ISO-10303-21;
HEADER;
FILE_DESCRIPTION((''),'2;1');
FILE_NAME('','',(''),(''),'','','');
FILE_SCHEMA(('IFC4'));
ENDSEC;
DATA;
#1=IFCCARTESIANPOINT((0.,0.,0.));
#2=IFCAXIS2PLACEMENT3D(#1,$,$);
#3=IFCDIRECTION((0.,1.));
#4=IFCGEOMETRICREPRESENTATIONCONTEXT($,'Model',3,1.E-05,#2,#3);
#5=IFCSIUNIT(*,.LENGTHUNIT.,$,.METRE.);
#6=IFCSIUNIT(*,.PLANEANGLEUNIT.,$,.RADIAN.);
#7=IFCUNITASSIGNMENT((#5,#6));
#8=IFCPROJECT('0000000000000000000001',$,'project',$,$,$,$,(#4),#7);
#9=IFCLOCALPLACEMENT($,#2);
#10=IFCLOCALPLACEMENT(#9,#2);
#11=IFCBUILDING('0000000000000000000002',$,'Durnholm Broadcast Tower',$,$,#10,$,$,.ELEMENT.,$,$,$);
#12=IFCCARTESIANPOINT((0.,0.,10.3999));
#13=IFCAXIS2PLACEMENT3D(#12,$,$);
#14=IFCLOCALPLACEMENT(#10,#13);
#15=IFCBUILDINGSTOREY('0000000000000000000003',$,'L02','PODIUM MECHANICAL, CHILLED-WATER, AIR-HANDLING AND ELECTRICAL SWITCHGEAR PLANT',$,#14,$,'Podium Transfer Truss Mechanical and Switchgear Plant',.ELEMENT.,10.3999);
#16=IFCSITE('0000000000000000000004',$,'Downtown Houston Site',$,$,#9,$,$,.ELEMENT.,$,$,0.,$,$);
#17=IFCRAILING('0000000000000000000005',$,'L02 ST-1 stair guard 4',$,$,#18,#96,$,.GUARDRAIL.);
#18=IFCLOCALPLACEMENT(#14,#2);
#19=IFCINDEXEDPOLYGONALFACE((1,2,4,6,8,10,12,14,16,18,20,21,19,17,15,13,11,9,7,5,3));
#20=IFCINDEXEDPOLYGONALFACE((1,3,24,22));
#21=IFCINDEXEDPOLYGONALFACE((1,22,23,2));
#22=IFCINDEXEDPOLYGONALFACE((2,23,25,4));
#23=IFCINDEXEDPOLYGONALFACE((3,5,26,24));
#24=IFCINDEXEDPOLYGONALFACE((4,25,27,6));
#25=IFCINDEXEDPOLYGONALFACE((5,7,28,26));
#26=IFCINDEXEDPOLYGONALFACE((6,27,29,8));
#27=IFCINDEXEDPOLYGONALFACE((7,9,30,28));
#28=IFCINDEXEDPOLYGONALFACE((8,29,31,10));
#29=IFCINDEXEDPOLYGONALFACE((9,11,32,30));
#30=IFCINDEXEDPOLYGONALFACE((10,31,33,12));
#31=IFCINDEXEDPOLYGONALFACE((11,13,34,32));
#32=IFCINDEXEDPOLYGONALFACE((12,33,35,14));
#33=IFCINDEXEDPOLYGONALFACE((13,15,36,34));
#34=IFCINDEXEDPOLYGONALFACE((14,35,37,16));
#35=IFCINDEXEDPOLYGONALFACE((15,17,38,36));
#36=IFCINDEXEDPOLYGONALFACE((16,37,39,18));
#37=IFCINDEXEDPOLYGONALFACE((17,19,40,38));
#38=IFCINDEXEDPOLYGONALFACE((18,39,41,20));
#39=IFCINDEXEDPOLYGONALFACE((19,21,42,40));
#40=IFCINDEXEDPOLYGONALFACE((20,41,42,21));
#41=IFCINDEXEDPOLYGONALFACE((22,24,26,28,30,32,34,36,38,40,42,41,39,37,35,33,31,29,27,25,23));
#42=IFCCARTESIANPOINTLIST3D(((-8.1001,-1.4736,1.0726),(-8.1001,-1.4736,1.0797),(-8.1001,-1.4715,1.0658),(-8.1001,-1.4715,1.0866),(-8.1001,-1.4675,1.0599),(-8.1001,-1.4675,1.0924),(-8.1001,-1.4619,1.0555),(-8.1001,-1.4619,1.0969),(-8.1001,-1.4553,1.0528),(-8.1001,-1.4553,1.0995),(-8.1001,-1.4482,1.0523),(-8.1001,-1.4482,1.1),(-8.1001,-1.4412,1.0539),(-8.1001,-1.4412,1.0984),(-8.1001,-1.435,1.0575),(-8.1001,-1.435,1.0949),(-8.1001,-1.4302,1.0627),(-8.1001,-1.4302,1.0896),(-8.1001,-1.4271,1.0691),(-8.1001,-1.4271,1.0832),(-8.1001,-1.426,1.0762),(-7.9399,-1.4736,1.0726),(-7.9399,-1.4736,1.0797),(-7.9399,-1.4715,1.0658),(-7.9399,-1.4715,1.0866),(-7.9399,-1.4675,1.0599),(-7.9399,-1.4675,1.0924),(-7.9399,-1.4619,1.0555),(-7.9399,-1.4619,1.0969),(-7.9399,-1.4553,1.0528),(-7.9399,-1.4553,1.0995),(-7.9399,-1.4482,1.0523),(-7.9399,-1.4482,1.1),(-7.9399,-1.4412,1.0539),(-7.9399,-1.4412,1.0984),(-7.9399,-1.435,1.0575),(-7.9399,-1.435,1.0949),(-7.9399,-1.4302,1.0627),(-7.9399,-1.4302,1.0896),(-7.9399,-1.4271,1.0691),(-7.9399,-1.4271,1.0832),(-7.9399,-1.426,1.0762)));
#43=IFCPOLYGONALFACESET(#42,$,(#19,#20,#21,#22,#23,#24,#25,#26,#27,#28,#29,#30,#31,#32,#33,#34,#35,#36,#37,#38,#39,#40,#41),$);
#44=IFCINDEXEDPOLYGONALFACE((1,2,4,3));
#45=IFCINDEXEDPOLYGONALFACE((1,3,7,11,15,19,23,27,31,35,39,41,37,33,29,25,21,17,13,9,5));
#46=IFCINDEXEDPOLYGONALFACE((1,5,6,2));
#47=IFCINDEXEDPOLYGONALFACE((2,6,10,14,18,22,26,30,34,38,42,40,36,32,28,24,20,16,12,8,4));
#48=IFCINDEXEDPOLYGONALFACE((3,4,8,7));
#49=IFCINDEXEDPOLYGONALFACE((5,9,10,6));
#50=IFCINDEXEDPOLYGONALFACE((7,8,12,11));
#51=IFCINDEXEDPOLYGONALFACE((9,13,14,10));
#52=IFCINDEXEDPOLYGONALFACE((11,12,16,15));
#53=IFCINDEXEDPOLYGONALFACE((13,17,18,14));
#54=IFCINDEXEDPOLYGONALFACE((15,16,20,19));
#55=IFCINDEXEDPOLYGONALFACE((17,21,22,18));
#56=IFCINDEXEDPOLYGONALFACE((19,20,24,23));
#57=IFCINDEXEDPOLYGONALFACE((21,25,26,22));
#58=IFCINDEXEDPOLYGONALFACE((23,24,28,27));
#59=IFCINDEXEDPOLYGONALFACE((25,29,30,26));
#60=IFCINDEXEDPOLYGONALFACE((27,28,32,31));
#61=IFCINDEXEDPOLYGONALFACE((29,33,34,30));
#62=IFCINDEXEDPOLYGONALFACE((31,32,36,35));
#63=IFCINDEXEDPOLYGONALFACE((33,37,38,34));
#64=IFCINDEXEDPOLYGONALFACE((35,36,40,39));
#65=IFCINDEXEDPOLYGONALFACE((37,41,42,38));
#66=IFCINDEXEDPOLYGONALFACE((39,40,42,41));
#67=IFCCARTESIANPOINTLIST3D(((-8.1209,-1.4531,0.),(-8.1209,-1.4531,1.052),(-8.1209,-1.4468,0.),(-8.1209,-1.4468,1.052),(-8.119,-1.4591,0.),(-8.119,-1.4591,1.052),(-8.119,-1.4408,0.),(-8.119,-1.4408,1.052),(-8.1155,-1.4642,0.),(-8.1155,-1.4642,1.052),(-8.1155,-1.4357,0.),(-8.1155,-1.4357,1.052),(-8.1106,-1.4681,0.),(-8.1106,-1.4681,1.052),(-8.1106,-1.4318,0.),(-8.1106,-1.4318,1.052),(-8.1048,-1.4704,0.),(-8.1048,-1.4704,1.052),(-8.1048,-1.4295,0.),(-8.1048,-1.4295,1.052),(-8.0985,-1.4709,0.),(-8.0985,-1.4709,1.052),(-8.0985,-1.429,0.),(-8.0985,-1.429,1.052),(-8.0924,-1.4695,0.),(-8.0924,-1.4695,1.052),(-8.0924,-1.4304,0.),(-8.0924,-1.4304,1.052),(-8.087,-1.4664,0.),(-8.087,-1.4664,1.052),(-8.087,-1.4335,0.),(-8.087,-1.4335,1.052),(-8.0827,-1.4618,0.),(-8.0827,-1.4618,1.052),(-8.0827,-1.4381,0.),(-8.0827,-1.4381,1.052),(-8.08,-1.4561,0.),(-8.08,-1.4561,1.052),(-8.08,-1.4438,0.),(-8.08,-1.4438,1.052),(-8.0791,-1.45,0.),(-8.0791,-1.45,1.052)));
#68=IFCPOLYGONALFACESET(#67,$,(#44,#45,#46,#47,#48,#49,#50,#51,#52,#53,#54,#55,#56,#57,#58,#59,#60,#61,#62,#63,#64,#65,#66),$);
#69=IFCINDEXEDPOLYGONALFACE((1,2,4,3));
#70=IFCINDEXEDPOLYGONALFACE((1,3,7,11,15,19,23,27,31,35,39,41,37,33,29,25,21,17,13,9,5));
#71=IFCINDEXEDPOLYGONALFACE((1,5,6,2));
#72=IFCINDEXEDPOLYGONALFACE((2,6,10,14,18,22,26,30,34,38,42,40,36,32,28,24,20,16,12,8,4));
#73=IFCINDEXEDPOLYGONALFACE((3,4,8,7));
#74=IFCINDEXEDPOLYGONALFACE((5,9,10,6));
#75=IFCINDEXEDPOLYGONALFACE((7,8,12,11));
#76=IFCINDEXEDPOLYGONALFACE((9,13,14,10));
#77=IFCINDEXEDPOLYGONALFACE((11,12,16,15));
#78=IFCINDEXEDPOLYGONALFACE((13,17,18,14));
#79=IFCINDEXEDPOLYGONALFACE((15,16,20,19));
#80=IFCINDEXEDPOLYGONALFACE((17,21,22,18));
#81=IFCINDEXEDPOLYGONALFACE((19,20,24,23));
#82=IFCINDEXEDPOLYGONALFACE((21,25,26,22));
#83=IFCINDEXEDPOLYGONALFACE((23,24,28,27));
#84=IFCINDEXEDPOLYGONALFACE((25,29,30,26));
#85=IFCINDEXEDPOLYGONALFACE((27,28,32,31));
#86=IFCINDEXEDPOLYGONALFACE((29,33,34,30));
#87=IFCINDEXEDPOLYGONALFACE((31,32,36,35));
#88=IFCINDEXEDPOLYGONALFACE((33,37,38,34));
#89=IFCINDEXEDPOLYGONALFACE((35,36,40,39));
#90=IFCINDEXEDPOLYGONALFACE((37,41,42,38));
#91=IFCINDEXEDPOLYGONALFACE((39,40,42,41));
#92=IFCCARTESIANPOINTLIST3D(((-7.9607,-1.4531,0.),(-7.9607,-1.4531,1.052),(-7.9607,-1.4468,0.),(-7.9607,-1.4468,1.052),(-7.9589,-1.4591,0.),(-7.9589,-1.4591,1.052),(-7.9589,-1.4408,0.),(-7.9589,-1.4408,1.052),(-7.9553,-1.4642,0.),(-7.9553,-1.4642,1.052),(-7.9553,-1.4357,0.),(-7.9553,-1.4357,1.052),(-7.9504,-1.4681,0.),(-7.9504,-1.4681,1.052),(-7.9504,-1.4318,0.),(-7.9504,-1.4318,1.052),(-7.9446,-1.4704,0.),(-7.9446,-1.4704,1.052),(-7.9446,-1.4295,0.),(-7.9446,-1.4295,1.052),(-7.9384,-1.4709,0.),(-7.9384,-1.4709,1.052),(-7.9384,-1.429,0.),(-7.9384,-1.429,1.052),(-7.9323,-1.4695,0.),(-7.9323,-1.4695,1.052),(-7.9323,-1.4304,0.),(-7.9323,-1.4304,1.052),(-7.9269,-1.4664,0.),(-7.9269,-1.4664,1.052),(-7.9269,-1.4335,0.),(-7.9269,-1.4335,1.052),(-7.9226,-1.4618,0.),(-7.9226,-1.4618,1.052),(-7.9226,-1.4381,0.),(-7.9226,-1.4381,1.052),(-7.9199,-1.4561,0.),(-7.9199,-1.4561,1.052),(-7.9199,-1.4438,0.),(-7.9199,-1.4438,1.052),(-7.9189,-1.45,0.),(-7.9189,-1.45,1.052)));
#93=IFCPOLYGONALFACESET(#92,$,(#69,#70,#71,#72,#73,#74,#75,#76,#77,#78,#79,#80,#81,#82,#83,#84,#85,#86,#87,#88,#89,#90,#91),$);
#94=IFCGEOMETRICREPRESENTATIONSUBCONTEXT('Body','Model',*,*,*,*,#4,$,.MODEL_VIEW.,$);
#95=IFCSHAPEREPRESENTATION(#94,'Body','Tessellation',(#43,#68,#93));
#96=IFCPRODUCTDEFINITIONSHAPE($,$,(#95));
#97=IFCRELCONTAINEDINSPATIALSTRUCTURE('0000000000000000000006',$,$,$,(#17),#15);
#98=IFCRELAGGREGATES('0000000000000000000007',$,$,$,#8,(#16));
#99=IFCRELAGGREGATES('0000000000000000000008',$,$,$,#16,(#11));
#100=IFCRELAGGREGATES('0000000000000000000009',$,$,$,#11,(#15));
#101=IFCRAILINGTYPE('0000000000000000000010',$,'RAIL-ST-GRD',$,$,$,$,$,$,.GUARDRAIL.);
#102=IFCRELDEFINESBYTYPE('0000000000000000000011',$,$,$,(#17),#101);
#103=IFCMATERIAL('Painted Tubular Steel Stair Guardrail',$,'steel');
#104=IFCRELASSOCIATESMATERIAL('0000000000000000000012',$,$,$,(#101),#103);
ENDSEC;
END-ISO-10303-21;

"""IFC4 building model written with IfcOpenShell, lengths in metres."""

from ifc_helpers import new_model, si_unit, direction, frame, origin, origin_2d, place, context, subcontext, project, spatial, circle, extrude, material, type_object, element, save


model = new_model("IFC4")

# Units and contexts
model_context = context("Model", 3, precision=1e-05, world=origin(), true_north=direction((0.0, 1.0)))
body_context = subcontext(model_context, "Body", "Model", "MODEL_VIEW")
ifc_project = project(units=[si_unit("LENGTHUNIT", "METRE"), si_unit("PLANEANGLEUNIT", "RADIAN")], contexts=[model_context])

# Site, building, storey
site_placement = place(None, origin())
site = spatial("IfcSite", under=ifc_project, at=site_placement, Name="Downtown Houston Site", CompositionType="ELEMENT", RefElevation=0.0)
building_placement = place(site_placement, origin())
building = spatial("IfcBuilding", under=site, at=building_placement, Name="Durnholm Broadcast Tower", CompositionType="ELEMENT")
storey_placement = place(building_placement, frame((0.0, 0.0, 10.3999)))
storey = spatial("IfcBuildingStorey", under=building, at=storey_placement, Name="L02", Description="PODIUM MECHANICAL, CHILLED-WATER, AIR-HANDLING AND ELECTRICAL SWITCHGEAR PLANT", LongName="Podium Transfer Truss Mechanical and Switchgear Plant", CompositionType="ELEMENT", Elevation=10.3999)

# Railing
ifc_material_1 = material(Name="Painted Tubular Steel Stair Guardrail", Category="steel")
railing_type_1 = type_object("IfcRailingType", Name="RAIL-ST-GRD", PredefinedType="GUARDRAIL", material=ifc_material_1)
railing_1_placement = place(storey_placement, frame((-8.1001, -1.45, 0.0)))
element("IfcRailing", 1, at=railing_1_placement, inside=storey, type_object=railing_type_1, Name="L02 ST-1 stair guard 4", PredefinedType="GUARDRAIL", context=body_context, shape_type="SweptSolid", body=[
    extrude(circle(Radius=0.0239, at=origin_2d()), frame((0.0, 0.0, 1.0762), z_axis=(1.0, 0.0, 0.0), x_axis=(0.0, 1.0, 0.0)), (0.0, 0.0, 1.0), 0.1602),
    extrude(circle(Radius=0.021, at=origin_2d()), origin(), (0.0, 0.0, 1.0), 1.052),
    extrude(circle(Radius=0.021, at=origin_2d()), frame((0.1602, 0.0, 0.0)), (0.0, 0.0, 1.0), 1.052),
])

save(model, "model.ifc")
